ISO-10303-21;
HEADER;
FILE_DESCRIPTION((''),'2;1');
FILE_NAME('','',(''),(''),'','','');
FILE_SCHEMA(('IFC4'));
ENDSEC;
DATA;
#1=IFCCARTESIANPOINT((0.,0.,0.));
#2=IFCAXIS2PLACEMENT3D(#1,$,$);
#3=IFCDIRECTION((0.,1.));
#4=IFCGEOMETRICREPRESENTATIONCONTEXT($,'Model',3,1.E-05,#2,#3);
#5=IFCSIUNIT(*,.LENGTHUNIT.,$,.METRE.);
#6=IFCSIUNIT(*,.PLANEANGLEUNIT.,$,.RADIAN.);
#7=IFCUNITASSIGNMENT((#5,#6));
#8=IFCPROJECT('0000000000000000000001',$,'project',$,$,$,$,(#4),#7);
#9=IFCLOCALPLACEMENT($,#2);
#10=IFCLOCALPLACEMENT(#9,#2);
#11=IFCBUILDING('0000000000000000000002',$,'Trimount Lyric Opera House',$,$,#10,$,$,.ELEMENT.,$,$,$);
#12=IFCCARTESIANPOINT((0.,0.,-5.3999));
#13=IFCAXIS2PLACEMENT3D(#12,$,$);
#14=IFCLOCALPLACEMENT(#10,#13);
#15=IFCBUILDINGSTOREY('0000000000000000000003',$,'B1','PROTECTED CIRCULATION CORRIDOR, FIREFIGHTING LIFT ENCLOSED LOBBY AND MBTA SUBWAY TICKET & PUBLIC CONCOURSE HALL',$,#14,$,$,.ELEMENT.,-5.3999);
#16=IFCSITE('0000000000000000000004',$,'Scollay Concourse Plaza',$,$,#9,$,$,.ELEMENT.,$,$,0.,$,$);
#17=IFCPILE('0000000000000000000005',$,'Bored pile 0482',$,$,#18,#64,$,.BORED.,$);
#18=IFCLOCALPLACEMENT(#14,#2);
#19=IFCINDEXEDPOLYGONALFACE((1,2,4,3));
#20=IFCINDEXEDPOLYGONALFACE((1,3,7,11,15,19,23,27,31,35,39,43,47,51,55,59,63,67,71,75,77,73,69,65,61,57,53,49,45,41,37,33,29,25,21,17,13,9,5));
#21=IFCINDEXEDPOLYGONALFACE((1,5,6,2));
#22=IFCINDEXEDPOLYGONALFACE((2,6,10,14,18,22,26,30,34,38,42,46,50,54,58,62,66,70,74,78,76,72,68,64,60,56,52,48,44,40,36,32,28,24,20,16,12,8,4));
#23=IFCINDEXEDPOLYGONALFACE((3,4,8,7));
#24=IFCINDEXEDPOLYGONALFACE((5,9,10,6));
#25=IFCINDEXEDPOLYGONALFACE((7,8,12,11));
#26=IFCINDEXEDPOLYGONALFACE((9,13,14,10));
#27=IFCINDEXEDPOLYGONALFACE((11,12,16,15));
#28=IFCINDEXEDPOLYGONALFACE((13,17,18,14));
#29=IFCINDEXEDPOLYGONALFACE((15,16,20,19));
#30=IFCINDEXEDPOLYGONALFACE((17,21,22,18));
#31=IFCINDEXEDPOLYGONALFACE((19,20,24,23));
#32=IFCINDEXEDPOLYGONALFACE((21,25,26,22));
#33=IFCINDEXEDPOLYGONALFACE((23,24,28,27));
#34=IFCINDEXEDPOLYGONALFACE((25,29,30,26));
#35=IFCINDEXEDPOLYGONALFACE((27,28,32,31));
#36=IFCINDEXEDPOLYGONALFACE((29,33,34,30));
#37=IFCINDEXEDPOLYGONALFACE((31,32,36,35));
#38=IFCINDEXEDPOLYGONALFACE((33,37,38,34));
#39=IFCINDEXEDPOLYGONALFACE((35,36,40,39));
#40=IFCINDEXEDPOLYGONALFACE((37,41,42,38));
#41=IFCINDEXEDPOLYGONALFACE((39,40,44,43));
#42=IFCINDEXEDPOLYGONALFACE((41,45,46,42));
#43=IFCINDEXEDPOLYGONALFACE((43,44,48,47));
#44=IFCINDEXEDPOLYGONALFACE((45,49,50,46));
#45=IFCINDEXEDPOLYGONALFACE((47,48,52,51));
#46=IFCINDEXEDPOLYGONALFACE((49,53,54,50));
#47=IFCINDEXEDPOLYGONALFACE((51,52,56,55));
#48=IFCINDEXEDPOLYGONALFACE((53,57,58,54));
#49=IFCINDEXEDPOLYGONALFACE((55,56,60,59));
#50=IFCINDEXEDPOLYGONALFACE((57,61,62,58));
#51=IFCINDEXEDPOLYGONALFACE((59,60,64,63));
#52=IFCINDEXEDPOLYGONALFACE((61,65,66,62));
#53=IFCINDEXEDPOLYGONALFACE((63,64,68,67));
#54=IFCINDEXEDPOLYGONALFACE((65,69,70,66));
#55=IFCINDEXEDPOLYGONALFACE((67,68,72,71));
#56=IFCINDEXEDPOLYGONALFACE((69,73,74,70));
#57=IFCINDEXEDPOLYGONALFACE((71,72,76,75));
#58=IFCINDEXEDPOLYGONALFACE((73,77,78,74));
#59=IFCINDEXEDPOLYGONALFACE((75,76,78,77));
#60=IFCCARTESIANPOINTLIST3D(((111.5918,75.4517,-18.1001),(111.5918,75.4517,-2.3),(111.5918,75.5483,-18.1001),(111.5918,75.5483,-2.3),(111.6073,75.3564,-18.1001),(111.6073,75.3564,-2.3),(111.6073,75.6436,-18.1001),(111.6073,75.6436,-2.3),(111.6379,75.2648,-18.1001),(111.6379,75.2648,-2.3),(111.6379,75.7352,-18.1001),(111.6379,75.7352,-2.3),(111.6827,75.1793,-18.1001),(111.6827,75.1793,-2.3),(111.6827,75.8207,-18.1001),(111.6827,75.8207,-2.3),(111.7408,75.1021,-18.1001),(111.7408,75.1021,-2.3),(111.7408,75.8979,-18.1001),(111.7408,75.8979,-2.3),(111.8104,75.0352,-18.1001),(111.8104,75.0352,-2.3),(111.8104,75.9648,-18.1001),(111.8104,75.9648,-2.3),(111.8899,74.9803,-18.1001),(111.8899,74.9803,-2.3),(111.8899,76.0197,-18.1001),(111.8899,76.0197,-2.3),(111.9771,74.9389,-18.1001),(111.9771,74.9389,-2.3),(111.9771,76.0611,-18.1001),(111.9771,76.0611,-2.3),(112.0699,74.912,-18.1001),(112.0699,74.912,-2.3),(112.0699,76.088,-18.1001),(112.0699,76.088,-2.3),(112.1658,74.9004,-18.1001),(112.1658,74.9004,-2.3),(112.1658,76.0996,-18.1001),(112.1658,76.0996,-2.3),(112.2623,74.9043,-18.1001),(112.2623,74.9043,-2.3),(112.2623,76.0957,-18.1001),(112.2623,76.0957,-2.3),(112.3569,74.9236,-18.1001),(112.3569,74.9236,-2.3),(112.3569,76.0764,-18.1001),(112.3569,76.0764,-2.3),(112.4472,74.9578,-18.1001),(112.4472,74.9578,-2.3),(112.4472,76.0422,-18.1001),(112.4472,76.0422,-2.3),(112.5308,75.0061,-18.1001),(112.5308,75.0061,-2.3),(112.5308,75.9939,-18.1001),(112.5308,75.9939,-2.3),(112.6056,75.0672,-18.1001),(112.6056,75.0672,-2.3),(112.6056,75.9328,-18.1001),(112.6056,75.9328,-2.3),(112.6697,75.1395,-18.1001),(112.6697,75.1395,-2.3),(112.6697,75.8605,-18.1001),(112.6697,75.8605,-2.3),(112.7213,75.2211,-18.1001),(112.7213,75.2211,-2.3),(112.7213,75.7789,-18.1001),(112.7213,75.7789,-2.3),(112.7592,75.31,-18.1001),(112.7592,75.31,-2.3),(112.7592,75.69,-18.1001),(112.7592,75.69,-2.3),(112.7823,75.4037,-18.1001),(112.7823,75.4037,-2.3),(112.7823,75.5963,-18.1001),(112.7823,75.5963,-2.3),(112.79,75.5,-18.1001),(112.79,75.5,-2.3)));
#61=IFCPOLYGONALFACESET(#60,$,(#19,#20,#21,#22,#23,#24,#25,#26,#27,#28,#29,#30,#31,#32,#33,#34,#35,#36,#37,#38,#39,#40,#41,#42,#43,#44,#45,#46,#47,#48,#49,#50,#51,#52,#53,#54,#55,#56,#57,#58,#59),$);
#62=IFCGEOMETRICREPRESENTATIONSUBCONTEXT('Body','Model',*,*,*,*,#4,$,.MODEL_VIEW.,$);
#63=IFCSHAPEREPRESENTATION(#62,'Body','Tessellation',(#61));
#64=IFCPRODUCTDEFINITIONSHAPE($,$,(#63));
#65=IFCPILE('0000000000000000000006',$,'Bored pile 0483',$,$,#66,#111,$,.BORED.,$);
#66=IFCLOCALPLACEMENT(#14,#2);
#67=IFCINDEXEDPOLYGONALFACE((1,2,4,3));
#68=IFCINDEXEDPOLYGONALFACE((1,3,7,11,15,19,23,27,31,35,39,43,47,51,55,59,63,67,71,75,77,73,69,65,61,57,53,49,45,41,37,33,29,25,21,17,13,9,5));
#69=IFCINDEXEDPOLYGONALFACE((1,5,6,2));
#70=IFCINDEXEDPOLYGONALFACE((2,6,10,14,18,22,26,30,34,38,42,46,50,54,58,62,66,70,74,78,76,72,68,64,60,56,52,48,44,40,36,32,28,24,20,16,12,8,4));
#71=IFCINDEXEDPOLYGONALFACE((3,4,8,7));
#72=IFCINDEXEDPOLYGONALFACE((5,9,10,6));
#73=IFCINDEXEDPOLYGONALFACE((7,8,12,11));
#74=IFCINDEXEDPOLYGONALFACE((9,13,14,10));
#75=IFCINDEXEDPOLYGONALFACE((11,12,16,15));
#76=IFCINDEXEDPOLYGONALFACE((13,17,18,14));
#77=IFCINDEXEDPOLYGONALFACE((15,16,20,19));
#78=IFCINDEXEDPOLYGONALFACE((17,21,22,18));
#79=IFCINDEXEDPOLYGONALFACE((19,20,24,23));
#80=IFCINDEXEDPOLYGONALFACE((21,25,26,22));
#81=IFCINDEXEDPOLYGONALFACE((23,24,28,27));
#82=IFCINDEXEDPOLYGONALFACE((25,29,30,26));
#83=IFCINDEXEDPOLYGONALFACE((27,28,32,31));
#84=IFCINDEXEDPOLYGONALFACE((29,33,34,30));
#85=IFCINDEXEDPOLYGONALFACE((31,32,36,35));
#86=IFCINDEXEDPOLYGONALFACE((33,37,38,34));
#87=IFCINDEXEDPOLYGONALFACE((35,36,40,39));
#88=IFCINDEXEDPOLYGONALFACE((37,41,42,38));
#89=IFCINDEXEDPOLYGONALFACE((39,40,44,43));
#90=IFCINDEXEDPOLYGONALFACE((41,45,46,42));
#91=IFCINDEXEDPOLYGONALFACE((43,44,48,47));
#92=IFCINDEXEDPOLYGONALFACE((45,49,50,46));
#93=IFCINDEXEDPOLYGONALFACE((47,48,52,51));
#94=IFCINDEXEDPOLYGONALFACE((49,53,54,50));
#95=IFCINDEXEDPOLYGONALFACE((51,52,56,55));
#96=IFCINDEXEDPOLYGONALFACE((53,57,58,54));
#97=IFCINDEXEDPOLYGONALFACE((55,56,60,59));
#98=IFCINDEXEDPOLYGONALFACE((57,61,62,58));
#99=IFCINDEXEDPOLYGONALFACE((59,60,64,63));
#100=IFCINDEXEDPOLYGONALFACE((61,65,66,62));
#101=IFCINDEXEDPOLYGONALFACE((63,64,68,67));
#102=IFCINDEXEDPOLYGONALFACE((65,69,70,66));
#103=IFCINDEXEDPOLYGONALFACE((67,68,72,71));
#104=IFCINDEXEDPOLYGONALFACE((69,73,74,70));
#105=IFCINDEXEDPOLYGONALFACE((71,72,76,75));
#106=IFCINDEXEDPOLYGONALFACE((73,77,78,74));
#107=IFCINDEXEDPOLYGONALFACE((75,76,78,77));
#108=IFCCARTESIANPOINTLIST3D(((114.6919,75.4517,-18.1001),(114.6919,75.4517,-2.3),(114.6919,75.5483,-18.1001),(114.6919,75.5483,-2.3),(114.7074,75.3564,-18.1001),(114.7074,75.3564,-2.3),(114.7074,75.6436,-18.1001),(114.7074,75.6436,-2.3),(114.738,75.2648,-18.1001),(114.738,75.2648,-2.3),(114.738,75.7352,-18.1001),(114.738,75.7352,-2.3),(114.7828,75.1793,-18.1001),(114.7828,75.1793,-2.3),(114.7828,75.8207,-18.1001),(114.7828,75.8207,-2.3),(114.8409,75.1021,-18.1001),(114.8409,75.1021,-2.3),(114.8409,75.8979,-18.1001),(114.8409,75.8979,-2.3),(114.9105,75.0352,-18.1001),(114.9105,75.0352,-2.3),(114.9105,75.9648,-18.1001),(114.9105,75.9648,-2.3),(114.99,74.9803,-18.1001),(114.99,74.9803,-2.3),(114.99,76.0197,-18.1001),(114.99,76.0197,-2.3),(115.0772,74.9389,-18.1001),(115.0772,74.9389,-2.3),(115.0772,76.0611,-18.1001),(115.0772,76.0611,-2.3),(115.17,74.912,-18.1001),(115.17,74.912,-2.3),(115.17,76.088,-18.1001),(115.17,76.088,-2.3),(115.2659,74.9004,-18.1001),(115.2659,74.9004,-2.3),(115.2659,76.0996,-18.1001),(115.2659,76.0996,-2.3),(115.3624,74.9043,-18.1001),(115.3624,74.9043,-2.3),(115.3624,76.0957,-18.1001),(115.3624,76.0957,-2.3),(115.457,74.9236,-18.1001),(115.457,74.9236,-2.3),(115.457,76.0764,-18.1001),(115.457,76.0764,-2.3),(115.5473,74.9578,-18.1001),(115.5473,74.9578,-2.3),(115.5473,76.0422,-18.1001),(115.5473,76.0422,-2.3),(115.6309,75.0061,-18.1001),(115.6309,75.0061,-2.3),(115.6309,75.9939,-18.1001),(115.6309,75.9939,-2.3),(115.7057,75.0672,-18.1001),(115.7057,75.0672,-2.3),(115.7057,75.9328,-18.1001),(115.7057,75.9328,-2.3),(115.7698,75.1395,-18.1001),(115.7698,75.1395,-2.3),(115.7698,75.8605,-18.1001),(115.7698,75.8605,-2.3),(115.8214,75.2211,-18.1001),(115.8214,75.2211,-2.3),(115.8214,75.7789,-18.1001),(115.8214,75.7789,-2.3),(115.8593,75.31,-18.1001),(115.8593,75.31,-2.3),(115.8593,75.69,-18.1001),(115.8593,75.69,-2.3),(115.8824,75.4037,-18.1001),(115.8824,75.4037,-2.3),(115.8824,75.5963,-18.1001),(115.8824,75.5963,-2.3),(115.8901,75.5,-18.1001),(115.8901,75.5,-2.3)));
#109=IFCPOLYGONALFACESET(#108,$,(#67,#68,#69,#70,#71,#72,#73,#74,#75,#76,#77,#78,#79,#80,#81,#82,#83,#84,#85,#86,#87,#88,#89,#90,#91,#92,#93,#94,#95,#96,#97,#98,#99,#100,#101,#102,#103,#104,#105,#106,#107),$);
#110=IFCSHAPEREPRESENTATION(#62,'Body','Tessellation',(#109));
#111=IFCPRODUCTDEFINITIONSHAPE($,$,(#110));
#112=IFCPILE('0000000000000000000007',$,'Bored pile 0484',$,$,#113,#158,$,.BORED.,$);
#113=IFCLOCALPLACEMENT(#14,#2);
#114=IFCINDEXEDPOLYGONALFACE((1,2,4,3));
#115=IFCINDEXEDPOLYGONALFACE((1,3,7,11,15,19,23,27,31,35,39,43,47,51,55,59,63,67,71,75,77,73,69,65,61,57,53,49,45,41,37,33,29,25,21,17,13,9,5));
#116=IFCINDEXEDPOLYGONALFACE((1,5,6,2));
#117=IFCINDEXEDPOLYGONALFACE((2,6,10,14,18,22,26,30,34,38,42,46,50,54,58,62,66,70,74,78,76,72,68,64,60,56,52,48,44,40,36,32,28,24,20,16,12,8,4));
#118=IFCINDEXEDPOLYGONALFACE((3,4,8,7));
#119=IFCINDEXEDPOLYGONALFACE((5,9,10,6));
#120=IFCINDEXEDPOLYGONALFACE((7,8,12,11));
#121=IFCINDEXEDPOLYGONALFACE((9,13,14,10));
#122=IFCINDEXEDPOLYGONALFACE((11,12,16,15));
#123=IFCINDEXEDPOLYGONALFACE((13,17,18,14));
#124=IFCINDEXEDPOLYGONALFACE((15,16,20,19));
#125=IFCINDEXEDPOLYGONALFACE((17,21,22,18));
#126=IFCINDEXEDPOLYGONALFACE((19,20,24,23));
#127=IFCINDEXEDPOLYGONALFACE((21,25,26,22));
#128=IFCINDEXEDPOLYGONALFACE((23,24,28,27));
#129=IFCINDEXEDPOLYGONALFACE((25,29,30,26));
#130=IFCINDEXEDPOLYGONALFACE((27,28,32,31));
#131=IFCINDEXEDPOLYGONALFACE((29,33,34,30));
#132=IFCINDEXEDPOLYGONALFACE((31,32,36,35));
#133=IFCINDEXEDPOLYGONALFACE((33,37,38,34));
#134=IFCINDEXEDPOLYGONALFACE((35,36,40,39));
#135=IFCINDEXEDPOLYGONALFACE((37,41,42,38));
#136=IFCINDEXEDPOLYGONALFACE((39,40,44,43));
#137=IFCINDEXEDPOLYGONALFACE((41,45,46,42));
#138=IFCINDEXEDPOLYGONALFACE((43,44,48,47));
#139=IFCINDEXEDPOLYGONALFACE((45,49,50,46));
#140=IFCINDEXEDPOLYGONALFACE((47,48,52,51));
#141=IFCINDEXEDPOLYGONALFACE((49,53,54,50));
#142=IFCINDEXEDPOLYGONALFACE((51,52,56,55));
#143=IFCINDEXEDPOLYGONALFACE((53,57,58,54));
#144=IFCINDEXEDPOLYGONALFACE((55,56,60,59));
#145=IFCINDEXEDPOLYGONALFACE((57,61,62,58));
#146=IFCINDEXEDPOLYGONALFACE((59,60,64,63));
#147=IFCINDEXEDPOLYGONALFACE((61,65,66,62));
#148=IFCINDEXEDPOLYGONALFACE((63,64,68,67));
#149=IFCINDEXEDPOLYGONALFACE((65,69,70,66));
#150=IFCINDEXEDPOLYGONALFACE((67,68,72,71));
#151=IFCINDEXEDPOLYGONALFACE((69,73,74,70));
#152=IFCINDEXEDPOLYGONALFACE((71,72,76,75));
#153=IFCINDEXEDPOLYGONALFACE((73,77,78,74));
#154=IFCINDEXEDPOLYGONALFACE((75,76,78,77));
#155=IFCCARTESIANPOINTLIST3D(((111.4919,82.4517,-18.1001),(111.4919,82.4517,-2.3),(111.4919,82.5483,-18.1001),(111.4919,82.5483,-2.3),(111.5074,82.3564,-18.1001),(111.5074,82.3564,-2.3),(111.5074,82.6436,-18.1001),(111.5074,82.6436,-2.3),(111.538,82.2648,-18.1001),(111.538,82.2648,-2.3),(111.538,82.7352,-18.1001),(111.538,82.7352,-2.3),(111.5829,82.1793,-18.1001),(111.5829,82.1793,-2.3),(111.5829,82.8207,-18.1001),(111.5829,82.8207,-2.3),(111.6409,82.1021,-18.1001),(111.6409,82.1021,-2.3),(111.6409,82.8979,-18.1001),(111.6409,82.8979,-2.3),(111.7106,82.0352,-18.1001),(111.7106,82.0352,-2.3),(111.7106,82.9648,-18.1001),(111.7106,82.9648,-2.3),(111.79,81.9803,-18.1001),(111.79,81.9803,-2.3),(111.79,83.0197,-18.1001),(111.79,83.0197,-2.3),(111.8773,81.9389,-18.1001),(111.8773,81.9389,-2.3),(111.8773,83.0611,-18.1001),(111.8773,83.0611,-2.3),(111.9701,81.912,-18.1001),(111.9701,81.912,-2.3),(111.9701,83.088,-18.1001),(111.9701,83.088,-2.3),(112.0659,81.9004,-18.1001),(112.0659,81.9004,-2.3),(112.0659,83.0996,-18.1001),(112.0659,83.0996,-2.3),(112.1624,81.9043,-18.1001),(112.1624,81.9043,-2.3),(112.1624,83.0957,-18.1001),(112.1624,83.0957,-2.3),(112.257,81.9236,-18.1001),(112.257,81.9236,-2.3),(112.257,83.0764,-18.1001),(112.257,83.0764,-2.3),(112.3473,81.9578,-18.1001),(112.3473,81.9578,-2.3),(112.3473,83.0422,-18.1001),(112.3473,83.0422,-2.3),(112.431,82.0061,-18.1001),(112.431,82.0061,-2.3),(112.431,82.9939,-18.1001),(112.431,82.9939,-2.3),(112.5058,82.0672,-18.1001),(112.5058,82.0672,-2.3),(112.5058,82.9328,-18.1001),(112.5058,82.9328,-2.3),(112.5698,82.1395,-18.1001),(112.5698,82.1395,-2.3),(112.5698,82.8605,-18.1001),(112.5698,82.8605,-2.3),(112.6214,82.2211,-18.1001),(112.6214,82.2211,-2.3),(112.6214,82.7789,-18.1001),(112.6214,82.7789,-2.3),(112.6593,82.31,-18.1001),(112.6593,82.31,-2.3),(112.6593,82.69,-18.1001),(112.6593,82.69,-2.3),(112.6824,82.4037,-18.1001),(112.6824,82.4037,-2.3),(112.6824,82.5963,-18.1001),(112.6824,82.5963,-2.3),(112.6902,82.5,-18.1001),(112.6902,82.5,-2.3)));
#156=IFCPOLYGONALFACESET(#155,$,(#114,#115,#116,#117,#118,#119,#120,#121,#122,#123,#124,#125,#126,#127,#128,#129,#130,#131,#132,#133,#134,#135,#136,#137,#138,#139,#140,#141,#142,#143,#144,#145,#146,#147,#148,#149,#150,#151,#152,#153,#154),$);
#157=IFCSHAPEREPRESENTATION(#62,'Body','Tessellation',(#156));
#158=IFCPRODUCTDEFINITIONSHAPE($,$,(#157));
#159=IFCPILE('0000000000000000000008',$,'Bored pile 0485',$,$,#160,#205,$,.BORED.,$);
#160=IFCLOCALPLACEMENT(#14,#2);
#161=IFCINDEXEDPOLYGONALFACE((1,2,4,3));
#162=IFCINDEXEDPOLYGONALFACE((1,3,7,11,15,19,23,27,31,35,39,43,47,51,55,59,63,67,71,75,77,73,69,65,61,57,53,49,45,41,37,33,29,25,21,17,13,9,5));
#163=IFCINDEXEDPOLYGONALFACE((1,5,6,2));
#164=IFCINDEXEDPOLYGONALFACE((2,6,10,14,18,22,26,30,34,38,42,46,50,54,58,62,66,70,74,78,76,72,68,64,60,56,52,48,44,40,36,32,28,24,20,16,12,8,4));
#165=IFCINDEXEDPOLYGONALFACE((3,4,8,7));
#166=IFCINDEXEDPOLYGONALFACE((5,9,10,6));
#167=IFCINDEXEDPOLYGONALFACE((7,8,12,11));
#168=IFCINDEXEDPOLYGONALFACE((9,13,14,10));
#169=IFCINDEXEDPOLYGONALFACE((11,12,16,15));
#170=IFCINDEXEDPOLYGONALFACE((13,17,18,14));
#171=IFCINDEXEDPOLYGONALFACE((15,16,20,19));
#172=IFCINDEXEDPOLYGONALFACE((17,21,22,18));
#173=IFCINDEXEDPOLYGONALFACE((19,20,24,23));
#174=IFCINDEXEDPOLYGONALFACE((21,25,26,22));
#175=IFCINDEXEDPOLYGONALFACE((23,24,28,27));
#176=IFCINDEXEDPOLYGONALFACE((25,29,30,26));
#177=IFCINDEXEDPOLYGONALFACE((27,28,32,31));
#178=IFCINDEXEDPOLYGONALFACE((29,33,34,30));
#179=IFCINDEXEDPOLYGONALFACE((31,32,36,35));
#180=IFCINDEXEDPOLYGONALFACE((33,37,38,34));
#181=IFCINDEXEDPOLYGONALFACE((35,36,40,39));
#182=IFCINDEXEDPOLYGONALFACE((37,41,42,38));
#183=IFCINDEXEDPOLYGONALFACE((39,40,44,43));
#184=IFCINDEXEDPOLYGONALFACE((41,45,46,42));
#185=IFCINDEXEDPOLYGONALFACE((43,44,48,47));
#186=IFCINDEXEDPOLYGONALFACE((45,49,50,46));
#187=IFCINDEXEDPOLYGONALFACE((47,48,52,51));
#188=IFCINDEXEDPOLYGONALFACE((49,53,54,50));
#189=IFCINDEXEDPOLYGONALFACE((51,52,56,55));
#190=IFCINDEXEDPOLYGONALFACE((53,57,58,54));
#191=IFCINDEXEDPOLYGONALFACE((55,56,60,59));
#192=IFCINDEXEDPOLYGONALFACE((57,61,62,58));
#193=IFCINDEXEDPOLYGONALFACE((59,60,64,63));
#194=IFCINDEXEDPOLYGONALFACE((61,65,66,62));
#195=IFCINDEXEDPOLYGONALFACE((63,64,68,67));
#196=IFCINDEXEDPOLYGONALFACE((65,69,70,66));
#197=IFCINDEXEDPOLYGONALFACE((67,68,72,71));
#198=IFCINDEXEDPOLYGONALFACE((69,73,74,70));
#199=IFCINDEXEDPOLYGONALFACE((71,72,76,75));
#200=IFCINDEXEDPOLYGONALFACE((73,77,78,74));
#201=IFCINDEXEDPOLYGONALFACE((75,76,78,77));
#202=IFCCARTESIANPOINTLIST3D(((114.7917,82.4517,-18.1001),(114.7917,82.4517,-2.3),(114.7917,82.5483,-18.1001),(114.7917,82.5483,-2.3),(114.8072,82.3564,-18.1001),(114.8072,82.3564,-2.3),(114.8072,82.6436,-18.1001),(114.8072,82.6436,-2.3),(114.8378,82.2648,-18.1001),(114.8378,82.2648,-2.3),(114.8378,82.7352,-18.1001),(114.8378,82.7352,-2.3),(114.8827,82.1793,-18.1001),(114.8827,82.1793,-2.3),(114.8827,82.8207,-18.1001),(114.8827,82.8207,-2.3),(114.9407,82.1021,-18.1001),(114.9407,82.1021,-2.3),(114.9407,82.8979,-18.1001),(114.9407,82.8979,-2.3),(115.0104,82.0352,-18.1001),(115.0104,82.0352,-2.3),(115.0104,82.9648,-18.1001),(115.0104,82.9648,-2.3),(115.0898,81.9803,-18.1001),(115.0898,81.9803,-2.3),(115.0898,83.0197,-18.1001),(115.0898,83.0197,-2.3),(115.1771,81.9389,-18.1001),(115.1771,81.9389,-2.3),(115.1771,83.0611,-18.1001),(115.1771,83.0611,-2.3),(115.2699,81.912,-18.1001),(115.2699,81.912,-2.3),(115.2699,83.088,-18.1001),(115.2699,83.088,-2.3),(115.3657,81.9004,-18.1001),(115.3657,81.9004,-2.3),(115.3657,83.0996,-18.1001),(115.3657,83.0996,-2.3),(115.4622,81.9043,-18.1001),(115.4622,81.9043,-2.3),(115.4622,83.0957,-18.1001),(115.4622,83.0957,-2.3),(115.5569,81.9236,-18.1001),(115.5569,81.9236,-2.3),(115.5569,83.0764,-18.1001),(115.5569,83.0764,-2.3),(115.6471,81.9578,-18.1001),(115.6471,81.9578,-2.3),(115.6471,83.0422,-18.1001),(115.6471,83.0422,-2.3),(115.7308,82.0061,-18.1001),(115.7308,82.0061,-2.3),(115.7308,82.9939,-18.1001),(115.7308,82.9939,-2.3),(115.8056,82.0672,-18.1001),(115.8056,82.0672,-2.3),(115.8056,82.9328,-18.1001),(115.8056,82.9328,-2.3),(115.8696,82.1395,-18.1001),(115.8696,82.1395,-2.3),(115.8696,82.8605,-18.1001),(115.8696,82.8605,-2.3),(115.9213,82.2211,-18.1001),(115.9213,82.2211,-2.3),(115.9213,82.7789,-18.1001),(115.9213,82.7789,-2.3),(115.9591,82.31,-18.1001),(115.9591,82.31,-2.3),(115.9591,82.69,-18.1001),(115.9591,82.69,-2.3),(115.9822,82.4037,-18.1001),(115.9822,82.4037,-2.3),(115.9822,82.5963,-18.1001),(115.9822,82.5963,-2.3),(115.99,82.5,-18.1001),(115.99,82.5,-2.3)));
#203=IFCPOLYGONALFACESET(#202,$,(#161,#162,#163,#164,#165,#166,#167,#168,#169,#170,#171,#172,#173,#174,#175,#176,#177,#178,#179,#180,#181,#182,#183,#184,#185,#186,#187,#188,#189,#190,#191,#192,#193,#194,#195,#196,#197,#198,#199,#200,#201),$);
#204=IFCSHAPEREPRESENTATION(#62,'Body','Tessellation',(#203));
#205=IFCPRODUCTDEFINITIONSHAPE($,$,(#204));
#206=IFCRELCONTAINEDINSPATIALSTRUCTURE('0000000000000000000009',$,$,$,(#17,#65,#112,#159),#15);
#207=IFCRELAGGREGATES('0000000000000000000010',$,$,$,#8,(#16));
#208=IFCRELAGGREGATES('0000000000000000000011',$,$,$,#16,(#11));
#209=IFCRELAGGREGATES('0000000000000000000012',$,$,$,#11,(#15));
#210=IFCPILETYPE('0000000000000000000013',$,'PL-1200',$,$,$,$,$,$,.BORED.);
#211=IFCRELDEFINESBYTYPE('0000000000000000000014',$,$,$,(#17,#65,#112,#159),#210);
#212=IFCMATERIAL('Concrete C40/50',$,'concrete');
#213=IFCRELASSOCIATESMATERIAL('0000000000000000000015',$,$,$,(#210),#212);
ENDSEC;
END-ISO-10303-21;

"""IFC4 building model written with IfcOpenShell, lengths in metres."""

from ifc_helpers import new_model, si_unit, direction, frame, origin, origin_2d, place, context, subcontext, project, spatial, circle, extrude, material, material_profile, profile_set, type_object, element, save


model = new_model("IFC4")

# Units and contexts
model_context = context("Model", 3, precision=1e-05, world=origin(), true_north=direction((0.0, 1.0)))
body_context = subcontext(model_context, "Body", "Model", "MODEL_VIEW")
ifc_project = project(units=[si_unit("LENGTHUNIT", "METRE"), si_unit("PLANEANGLEUNIT", "RADIAN")], contexts=[model_context])

# Site, building, storey
site_placement = place(None, origin())
site = spatial("IfcSite", under=ifc_project, at=site_placement, Name="Scollay Concourse Plaza", CompositionType="ELEMENT", RefElevation=0.0)
building_placement = place(site_placement, origin())
building = spatial("IfcBuilding", under=site, at=building_placement, Name="Trimount Lyric Opera House", CompositionType="ELEMENT")
storey_placement = place(building_placement, frame((0.0, 0.0, -5.3999)))
storey = spatial("IfcBuildingStorey", under=building, at=storey_placement, Name="B1", Description="PROTECTED CIRCULATION CORRIDOR, FIREFIGHTING LIFT ENCLOSED LOBBY AND MBTA SUBWAY TICKET & PUBLIC CONCOURSE HALL", CompositionType="ELEMENT", Elevation=-5.3999)

# Piles
ifc_material_1 = material(Name="Concrete C40/50", Category="concrete")
ifc_material_profile_1 = material_profile(ifc_material_1, circle(Radius=0.6001, at=origin_2d()), Name="PILE-D1200")
ifc_profile_set_1 = profile_set([ifc_material_profile_1], Name="Concrete C40/50")
pile_type_1 = type_object("IfcPileType", Name="PL-1200", PredefinedType="BORED", material=ifc_profile_set_1)
for number, where, z_axis, x_axis, name in (
    (1, (112.1899, 75.5, -2.3), (0.0, 0.0, -1.0), (1.0, 0.0, 0.0), "Bored pile 0482"),
    (2, (115.29, 75.5, -2.3), (0.0, 0.0, -1.0), (1.0, 0.0, 0.0), "Bored pile 0483"),
    (3, (112.0901, 82.5, -2.3), (0.0, 0.0, -1.0), (1.0, 0.0, 0.0), "Bored pile 0484"),
    (4, (115.3899, 82.5, -2.3), (0.0, 0.0, -1.0), (1.0, 0.0, 0.0), "Bored pile 0485"),
):
    element("IfcPile", number, at=place(storey_placement, frame(where, z_axis=z_axis, x_axis=x_axis)), inside=storey, type_object=pile_type_1, Name=name, PredefinedType="BORED", context=body_context, shape_type="SweptSolid", body=[
        extrude(circle(Radius=0.6001, at=origin_2d()), origin(), (0.0, 0.0, 1.0), 15.8),
    ])

save(model, "model.ifc")
